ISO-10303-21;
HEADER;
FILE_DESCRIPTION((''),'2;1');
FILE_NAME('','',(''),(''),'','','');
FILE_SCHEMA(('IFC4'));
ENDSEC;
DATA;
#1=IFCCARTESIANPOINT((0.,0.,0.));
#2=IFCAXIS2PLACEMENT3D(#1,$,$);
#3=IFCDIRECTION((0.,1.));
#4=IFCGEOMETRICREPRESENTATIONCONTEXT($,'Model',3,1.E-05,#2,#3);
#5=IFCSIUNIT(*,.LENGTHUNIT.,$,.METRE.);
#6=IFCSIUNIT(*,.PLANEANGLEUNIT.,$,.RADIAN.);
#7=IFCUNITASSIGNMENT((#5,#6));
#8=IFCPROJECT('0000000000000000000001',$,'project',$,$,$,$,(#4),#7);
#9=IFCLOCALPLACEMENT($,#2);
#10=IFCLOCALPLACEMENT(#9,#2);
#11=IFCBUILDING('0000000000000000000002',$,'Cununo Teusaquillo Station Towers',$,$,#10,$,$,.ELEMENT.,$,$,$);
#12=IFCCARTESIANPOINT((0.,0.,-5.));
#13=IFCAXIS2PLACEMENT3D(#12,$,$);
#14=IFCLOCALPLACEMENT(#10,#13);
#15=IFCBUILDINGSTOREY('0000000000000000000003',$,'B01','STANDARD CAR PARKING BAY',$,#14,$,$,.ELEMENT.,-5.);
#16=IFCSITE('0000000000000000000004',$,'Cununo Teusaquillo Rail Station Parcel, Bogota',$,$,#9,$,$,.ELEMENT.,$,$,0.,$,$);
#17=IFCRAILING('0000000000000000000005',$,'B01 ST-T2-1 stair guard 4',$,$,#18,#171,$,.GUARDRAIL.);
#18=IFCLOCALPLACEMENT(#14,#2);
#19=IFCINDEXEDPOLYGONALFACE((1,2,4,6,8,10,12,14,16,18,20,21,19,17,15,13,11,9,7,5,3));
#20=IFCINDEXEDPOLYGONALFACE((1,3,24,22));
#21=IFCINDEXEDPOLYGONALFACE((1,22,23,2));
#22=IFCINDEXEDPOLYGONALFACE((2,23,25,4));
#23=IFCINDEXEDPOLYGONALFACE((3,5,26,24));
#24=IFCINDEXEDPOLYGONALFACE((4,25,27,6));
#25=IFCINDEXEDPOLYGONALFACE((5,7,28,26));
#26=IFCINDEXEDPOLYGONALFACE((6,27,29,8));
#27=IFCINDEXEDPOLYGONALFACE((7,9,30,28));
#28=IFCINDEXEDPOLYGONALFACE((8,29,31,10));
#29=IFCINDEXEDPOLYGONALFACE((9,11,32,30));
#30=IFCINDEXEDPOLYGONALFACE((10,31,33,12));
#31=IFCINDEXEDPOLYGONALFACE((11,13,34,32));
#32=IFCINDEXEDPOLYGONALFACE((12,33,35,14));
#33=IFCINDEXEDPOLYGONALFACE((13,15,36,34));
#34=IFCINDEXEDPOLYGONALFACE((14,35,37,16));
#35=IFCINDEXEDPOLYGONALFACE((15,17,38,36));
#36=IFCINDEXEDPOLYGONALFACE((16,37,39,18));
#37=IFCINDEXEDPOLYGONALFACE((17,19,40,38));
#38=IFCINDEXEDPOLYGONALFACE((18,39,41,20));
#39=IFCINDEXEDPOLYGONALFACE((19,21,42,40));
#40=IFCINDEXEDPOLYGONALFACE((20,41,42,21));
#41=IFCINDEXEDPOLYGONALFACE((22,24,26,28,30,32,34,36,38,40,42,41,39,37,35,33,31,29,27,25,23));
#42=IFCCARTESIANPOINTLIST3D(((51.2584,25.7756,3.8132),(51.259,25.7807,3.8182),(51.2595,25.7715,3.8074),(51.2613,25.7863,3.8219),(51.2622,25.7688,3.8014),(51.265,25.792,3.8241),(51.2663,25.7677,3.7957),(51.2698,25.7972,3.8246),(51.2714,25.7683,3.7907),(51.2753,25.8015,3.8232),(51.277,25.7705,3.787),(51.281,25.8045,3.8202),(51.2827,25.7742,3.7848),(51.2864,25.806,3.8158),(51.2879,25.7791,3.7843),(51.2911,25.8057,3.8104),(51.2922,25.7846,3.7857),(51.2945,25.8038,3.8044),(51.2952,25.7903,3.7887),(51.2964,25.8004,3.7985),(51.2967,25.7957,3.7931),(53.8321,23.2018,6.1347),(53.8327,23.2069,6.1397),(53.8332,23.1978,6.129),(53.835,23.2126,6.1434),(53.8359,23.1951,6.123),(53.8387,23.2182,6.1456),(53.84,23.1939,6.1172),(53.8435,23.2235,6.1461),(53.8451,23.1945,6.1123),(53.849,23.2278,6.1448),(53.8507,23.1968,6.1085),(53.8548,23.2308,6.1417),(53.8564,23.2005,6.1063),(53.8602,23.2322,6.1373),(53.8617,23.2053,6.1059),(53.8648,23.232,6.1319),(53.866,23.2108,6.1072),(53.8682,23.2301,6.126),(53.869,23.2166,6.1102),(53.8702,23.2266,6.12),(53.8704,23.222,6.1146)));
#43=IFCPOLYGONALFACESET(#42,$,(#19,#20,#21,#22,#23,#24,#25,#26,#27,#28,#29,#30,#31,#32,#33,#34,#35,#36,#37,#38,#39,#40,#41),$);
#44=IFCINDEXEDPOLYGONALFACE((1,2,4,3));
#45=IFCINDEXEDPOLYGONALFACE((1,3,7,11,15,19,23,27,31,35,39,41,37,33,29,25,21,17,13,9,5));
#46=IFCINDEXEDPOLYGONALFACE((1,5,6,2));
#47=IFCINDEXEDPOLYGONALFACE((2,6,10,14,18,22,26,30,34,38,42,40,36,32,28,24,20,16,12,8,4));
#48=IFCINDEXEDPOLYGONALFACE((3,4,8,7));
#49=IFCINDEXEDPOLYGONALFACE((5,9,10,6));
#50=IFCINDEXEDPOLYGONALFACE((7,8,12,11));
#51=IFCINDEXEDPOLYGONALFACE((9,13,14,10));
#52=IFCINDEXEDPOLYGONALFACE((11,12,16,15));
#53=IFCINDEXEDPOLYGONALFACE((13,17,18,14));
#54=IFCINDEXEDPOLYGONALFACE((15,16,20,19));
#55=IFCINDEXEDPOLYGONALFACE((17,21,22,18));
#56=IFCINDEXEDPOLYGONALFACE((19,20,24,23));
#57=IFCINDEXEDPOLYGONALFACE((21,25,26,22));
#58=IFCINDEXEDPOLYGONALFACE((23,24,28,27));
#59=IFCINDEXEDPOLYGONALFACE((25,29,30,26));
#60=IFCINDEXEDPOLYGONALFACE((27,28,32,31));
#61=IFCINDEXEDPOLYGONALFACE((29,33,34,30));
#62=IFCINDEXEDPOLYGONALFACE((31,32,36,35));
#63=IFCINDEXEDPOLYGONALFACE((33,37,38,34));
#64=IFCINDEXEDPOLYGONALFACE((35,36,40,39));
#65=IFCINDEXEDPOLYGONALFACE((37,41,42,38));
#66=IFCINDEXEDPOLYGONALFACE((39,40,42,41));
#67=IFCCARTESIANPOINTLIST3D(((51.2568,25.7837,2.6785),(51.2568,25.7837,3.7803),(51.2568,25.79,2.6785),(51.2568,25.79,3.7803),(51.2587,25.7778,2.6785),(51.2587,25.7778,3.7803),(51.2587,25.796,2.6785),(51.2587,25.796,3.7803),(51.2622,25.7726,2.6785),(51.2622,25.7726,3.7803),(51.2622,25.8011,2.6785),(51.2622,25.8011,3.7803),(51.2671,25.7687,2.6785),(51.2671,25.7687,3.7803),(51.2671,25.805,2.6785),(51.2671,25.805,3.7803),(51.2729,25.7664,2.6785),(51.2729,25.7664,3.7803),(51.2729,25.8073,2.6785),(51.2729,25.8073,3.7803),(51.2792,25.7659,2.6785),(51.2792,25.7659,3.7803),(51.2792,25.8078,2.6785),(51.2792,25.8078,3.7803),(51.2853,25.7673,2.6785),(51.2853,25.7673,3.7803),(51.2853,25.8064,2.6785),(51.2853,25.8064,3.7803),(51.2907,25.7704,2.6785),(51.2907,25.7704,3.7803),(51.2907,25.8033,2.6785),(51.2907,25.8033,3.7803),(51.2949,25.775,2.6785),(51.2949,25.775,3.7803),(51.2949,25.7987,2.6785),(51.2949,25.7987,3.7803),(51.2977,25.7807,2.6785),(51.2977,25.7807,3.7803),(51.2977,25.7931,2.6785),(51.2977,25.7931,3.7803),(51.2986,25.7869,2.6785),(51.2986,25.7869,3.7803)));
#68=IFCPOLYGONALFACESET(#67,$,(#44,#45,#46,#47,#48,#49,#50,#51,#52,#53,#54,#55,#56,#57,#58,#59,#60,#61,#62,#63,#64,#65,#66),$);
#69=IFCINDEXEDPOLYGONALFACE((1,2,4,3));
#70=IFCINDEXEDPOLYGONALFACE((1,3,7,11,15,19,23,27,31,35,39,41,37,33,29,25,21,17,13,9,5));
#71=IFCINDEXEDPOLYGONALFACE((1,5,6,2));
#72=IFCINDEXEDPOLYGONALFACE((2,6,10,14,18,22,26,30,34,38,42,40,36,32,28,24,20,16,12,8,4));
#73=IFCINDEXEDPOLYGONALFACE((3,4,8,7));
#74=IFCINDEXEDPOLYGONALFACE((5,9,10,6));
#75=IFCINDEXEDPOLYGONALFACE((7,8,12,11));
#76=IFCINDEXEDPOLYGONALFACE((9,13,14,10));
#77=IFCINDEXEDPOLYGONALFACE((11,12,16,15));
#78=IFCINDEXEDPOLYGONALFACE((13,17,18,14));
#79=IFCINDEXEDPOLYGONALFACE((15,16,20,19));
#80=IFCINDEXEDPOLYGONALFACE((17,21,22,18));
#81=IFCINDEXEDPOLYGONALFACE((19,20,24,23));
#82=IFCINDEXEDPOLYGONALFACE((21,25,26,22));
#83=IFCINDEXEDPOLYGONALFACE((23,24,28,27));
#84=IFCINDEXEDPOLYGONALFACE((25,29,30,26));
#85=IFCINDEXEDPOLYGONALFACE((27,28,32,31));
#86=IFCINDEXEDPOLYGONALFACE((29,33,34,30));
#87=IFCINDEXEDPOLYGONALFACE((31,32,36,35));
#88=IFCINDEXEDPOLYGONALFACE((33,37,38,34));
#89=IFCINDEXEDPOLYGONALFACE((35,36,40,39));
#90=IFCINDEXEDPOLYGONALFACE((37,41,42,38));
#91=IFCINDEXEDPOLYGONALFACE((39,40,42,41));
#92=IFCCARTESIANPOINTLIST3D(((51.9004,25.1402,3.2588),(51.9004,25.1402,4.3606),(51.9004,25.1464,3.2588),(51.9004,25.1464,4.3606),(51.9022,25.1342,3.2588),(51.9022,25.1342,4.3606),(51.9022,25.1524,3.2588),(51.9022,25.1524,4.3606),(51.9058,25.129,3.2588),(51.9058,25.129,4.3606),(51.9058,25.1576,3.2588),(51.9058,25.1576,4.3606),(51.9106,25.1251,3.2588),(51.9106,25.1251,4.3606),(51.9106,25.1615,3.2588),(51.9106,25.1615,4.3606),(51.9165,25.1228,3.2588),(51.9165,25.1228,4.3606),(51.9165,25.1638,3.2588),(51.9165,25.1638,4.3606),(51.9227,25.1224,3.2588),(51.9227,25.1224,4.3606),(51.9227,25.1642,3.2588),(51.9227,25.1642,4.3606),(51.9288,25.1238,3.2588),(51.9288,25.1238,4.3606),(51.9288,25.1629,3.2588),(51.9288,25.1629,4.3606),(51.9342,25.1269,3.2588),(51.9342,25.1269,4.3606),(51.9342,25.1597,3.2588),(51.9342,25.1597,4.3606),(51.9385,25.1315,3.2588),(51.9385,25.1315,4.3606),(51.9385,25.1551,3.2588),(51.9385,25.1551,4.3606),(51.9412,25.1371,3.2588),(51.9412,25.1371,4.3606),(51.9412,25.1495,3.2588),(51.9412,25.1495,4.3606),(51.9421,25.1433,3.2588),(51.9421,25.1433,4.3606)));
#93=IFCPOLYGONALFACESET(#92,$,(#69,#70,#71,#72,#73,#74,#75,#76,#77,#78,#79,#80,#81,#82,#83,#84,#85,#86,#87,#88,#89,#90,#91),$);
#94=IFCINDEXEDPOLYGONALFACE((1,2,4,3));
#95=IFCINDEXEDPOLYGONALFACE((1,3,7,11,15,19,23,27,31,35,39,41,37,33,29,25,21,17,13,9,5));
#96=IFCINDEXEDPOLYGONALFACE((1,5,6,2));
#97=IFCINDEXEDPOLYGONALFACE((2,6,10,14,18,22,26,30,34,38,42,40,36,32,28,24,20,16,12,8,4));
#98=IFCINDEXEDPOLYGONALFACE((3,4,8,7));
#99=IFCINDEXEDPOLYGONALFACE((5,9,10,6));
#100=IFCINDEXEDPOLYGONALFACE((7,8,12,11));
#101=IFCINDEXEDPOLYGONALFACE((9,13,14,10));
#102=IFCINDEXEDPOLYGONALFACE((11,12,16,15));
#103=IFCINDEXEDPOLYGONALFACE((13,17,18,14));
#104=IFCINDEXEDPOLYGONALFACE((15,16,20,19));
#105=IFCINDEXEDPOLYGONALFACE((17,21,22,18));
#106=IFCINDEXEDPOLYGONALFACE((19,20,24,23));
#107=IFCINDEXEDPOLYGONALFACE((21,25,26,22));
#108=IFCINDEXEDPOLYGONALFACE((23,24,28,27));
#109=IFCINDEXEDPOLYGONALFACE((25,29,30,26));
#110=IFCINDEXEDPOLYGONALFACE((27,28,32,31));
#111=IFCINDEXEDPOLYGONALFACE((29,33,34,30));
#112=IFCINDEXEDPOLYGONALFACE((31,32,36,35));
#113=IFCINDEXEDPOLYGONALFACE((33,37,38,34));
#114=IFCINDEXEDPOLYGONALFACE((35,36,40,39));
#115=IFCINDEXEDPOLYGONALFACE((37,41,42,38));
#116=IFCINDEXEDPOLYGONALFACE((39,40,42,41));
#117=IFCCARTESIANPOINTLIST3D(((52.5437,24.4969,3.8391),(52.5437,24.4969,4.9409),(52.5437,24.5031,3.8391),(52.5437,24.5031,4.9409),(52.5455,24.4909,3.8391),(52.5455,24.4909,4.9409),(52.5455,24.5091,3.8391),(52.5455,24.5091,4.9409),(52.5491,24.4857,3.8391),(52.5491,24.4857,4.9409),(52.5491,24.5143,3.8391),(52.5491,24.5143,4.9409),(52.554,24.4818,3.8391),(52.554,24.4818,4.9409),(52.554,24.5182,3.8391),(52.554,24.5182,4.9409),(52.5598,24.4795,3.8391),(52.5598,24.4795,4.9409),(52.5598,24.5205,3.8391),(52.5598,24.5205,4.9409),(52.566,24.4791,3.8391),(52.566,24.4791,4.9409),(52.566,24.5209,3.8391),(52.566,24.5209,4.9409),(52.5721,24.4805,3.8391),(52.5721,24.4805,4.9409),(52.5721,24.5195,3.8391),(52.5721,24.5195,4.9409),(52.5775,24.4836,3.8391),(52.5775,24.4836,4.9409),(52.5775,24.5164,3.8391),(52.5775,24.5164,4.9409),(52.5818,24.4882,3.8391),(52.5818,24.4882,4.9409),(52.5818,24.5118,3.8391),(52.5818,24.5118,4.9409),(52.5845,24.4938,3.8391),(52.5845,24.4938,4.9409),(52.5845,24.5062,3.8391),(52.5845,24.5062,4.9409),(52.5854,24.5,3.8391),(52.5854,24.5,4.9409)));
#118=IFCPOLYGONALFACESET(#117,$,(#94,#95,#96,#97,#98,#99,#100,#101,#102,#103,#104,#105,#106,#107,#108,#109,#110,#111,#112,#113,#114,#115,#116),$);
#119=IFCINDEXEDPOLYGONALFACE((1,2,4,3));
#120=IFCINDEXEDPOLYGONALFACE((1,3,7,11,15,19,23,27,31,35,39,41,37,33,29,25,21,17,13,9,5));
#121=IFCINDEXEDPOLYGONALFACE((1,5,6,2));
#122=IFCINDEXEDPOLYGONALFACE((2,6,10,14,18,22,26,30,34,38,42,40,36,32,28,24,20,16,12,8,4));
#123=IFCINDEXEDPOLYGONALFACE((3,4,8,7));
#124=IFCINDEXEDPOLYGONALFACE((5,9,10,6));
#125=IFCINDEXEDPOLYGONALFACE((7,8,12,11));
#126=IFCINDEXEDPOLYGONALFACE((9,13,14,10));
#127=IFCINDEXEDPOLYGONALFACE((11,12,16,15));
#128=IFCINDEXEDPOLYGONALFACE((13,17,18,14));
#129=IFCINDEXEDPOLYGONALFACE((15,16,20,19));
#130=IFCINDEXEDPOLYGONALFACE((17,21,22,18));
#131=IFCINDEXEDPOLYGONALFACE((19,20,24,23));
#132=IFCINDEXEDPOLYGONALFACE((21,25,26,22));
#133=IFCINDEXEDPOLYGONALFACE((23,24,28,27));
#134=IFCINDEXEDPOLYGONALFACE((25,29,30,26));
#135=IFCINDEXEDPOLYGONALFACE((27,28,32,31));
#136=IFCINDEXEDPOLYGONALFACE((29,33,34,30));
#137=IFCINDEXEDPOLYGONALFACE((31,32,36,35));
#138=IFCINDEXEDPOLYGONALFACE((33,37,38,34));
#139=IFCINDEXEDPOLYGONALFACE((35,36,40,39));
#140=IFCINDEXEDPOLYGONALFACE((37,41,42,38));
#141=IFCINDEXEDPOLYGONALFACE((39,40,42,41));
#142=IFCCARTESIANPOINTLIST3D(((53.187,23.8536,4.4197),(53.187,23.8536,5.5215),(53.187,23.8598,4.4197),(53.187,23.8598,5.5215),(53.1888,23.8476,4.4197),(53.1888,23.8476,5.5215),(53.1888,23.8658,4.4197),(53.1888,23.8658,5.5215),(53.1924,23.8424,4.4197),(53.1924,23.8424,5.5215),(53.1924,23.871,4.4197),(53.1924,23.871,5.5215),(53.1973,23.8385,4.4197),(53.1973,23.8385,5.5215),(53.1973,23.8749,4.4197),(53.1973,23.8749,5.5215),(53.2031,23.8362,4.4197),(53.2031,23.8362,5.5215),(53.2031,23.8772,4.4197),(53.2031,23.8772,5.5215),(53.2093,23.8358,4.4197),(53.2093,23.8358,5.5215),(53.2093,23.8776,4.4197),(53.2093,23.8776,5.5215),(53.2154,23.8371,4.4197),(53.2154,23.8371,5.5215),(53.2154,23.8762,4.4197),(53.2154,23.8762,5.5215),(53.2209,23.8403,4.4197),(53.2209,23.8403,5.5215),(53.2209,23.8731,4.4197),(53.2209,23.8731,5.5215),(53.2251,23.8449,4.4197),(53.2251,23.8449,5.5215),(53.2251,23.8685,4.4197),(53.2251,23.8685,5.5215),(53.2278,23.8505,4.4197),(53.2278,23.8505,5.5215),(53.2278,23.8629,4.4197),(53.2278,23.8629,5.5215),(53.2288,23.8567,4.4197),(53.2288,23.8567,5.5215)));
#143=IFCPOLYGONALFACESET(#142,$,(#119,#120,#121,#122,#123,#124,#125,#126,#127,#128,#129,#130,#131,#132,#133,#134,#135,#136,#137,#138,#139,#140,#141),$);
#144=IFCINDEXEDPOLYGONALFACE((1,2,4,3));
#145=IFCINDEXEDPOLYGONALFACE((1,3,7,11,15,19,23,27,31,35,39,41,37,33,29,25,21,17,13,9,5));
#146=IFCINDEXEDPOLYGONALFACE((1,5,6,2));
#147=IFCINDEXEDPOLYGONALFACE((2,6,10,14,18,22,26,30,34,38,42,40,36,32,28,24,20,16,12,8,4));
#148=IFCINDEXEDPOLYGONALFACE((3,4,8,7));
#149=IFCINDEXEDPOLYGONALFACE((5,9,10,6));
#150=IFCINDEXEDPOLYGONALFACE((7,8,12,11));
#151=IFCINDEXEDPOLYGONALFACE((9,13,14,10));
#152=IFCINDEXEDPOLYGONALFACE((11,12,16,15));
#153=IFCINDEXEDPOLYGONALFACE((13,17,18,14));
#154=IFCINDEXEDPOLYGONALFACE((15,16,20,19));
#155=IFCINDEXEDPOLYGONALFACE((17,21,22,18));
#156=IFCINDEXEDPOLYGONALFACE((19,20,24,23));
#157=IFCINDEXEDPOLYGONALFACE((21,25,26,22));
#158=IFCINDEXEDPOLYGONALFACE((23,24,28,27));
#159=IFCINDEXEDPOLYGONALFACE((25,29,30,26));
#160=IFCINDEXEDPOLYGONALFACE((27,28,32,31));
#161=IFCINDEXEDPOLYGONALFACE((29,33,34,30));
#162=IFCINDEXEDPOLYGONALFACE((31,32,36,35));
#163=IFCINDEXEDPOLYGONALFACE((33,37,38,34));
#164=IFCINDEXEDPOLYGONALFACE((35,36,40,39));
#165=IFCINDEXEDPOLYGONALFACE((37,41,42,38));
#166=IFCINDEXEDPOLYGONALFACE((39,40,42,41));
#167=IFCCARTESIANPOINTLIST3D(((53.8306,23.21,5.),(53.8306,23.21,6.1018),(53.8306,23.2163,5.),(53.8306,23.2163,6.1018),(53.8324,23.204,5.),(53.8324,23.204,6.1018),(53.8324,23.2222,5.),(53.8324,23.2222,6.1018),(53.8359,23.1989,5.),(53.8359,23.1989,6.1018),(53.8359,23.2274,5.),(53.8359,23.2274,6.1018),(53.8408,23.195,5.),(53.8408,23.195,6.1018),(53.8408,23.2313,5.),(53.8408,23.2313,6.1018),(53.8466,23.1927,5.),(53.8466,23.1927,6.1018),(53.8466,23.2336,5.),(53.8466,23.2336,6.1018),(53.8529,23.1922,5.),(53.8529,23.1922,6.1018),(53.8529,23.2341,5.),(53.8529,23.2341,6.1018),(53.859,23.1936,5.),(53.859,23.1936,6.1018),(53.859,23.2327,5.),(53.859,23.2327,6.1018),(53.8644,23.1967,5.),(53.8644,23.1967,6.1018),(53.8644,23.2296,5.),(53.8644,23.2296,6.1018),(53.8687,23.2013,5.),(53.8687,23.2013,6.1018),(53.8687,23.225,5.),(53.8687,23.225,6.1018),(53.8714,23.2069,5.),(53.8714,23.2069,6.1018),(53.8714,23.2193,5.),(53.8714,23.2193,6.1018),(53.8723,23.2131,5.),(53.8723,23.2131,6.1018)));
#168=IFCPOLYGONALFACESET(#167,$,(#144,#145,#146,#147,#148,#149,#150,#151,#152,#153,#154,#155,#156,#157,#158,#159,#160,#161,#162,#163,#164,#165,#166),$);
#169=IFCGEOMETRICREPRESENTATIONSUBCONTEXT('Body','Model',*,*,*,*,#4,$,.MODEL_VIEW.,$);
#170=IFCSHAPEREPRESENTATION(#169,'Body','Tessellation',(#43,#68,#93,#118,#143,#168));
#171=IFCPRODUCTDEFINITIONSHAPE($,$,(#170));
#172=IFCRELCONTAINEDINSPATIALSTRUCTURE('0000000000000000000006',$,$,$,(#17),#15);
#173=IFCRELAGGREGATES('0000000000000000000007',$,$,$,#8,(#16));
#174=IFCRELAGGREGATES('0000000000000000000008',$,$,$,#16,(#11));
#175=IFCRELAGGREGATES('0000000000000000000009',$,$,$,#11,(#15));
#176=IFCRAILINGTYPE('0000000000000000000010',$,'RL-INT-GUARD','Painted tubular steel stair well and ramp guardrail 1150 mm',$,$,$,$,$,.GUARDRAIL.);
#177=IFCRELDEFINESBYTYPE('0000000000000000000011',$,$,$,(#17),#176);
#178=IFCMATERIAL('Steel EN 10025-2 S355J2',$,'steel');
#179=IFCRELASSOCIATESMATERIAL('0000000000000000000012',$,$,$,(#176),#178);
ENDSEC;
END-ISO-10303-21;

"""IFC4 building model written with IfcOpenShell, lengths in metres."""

from ifc_helpers import new_model, si_unit, direction, frame, origin, origin_2d, place, context, subcontext, project, spatial, circle, extrude, material, type_object, element, save


model = new_model("IFC4")

# Units and contexts
model_context = context("Model", 3, precision=1e-05, world=origin(), true_north=direction((0.0, 1.0)))
body_context = subcontext(model_context, "Body", "Model", "MODEL_VIEW")
ifc_project = project(units=[si_unit("LENGTHUNIT", "METRE"), si_unit("PLANEANGLEUNIT", "RADIAN")], contexts=[model_context])

# Site, building, storey
site_placement = place(None, origin())
site = spatial("IfcSite", under=ifc_project, at=site_placement, Name="Cununo Teusaquillo Rail Station Parcel, Bogota", CompositionType="ELEMENT", RefElevation=0.0)
building_placement = place(site_placement, origin())
building = spatial("IfcBuilding", under=site, at=building_placement, Name="Cununo Teusaquillo Station Towers", CompositionType="ELEMENT")
storey_placement = place(building_placement, frame((0.0, 0.0, -5.0)))
storey = spatial("IfcBuildingStorey", under=building, at=storey_placement, Name="B01", Description="STANDARD CAR PARKING BAY", CompositionType="ELEMENT", Elevation=-5.0)

# Railing
ifc_material_1 = material(Name="Steel EN 10025-2 S355J2", Category="steel")
railing_type_1 = type_object("IfcRailingType", Name="RL-INT-GUARD", Description="Painted tubular steel stair well and ramp guardrail 1150 mm", PredefinedType="GUARDRAIL", material=ifc_material_1)
railing_1_placement = place(storey_placement, frame((51.2776, 25.7869, 2.6785)))
element("IfcRailing", 1, at=railing_1_placement, inside=storey, type_object=railing_type_1, Name="B01 ST-T2-1 stair guard 4", PredefinedType="GUARDRAIL", context=body_context, shape_type="SweptSolid", body=[
    extrude(circle(Radius=0.0239, at=origin_2d()), frame((0.0, 0.0, 1.126), z_axis=(0.596166, -0.596166, 0.537748), x_axis=(0.707107, 0.707107, 0.0)), (0.0, 0.0, 1.0), 4.3171),
    extrude(circle(Radius=0.021, at=origin_2d()), origin(), (0.0, 0.0, 1.0), 1.1018),
    extrude(circle(Radius=0.021, at=origin_2d()), frame((0.6436, -0.6436, 0.5803)), (0.0, 0.0, 1.0), 1.1018),
    extrude(circle(Radius=0.021, at=origin_2d()), frame((1.2869, -1.2869, 1.1606)), (0.0, 0.0, 1.0), 1.1018),
    extrude(circle(Radius=0.021, at=origin_2d()), frame((1.9302, -1.9302, 1.7412)), (0.0, 0.0, 1.0), 1.1018),
    extrude(circle(Radius=0.021, at=origin_2d()), frame((2.5737, -2.5737, 2.3215)), (0.0, 0.0, 1.0), 1.1018),
])

save(model, "model.ifc")
